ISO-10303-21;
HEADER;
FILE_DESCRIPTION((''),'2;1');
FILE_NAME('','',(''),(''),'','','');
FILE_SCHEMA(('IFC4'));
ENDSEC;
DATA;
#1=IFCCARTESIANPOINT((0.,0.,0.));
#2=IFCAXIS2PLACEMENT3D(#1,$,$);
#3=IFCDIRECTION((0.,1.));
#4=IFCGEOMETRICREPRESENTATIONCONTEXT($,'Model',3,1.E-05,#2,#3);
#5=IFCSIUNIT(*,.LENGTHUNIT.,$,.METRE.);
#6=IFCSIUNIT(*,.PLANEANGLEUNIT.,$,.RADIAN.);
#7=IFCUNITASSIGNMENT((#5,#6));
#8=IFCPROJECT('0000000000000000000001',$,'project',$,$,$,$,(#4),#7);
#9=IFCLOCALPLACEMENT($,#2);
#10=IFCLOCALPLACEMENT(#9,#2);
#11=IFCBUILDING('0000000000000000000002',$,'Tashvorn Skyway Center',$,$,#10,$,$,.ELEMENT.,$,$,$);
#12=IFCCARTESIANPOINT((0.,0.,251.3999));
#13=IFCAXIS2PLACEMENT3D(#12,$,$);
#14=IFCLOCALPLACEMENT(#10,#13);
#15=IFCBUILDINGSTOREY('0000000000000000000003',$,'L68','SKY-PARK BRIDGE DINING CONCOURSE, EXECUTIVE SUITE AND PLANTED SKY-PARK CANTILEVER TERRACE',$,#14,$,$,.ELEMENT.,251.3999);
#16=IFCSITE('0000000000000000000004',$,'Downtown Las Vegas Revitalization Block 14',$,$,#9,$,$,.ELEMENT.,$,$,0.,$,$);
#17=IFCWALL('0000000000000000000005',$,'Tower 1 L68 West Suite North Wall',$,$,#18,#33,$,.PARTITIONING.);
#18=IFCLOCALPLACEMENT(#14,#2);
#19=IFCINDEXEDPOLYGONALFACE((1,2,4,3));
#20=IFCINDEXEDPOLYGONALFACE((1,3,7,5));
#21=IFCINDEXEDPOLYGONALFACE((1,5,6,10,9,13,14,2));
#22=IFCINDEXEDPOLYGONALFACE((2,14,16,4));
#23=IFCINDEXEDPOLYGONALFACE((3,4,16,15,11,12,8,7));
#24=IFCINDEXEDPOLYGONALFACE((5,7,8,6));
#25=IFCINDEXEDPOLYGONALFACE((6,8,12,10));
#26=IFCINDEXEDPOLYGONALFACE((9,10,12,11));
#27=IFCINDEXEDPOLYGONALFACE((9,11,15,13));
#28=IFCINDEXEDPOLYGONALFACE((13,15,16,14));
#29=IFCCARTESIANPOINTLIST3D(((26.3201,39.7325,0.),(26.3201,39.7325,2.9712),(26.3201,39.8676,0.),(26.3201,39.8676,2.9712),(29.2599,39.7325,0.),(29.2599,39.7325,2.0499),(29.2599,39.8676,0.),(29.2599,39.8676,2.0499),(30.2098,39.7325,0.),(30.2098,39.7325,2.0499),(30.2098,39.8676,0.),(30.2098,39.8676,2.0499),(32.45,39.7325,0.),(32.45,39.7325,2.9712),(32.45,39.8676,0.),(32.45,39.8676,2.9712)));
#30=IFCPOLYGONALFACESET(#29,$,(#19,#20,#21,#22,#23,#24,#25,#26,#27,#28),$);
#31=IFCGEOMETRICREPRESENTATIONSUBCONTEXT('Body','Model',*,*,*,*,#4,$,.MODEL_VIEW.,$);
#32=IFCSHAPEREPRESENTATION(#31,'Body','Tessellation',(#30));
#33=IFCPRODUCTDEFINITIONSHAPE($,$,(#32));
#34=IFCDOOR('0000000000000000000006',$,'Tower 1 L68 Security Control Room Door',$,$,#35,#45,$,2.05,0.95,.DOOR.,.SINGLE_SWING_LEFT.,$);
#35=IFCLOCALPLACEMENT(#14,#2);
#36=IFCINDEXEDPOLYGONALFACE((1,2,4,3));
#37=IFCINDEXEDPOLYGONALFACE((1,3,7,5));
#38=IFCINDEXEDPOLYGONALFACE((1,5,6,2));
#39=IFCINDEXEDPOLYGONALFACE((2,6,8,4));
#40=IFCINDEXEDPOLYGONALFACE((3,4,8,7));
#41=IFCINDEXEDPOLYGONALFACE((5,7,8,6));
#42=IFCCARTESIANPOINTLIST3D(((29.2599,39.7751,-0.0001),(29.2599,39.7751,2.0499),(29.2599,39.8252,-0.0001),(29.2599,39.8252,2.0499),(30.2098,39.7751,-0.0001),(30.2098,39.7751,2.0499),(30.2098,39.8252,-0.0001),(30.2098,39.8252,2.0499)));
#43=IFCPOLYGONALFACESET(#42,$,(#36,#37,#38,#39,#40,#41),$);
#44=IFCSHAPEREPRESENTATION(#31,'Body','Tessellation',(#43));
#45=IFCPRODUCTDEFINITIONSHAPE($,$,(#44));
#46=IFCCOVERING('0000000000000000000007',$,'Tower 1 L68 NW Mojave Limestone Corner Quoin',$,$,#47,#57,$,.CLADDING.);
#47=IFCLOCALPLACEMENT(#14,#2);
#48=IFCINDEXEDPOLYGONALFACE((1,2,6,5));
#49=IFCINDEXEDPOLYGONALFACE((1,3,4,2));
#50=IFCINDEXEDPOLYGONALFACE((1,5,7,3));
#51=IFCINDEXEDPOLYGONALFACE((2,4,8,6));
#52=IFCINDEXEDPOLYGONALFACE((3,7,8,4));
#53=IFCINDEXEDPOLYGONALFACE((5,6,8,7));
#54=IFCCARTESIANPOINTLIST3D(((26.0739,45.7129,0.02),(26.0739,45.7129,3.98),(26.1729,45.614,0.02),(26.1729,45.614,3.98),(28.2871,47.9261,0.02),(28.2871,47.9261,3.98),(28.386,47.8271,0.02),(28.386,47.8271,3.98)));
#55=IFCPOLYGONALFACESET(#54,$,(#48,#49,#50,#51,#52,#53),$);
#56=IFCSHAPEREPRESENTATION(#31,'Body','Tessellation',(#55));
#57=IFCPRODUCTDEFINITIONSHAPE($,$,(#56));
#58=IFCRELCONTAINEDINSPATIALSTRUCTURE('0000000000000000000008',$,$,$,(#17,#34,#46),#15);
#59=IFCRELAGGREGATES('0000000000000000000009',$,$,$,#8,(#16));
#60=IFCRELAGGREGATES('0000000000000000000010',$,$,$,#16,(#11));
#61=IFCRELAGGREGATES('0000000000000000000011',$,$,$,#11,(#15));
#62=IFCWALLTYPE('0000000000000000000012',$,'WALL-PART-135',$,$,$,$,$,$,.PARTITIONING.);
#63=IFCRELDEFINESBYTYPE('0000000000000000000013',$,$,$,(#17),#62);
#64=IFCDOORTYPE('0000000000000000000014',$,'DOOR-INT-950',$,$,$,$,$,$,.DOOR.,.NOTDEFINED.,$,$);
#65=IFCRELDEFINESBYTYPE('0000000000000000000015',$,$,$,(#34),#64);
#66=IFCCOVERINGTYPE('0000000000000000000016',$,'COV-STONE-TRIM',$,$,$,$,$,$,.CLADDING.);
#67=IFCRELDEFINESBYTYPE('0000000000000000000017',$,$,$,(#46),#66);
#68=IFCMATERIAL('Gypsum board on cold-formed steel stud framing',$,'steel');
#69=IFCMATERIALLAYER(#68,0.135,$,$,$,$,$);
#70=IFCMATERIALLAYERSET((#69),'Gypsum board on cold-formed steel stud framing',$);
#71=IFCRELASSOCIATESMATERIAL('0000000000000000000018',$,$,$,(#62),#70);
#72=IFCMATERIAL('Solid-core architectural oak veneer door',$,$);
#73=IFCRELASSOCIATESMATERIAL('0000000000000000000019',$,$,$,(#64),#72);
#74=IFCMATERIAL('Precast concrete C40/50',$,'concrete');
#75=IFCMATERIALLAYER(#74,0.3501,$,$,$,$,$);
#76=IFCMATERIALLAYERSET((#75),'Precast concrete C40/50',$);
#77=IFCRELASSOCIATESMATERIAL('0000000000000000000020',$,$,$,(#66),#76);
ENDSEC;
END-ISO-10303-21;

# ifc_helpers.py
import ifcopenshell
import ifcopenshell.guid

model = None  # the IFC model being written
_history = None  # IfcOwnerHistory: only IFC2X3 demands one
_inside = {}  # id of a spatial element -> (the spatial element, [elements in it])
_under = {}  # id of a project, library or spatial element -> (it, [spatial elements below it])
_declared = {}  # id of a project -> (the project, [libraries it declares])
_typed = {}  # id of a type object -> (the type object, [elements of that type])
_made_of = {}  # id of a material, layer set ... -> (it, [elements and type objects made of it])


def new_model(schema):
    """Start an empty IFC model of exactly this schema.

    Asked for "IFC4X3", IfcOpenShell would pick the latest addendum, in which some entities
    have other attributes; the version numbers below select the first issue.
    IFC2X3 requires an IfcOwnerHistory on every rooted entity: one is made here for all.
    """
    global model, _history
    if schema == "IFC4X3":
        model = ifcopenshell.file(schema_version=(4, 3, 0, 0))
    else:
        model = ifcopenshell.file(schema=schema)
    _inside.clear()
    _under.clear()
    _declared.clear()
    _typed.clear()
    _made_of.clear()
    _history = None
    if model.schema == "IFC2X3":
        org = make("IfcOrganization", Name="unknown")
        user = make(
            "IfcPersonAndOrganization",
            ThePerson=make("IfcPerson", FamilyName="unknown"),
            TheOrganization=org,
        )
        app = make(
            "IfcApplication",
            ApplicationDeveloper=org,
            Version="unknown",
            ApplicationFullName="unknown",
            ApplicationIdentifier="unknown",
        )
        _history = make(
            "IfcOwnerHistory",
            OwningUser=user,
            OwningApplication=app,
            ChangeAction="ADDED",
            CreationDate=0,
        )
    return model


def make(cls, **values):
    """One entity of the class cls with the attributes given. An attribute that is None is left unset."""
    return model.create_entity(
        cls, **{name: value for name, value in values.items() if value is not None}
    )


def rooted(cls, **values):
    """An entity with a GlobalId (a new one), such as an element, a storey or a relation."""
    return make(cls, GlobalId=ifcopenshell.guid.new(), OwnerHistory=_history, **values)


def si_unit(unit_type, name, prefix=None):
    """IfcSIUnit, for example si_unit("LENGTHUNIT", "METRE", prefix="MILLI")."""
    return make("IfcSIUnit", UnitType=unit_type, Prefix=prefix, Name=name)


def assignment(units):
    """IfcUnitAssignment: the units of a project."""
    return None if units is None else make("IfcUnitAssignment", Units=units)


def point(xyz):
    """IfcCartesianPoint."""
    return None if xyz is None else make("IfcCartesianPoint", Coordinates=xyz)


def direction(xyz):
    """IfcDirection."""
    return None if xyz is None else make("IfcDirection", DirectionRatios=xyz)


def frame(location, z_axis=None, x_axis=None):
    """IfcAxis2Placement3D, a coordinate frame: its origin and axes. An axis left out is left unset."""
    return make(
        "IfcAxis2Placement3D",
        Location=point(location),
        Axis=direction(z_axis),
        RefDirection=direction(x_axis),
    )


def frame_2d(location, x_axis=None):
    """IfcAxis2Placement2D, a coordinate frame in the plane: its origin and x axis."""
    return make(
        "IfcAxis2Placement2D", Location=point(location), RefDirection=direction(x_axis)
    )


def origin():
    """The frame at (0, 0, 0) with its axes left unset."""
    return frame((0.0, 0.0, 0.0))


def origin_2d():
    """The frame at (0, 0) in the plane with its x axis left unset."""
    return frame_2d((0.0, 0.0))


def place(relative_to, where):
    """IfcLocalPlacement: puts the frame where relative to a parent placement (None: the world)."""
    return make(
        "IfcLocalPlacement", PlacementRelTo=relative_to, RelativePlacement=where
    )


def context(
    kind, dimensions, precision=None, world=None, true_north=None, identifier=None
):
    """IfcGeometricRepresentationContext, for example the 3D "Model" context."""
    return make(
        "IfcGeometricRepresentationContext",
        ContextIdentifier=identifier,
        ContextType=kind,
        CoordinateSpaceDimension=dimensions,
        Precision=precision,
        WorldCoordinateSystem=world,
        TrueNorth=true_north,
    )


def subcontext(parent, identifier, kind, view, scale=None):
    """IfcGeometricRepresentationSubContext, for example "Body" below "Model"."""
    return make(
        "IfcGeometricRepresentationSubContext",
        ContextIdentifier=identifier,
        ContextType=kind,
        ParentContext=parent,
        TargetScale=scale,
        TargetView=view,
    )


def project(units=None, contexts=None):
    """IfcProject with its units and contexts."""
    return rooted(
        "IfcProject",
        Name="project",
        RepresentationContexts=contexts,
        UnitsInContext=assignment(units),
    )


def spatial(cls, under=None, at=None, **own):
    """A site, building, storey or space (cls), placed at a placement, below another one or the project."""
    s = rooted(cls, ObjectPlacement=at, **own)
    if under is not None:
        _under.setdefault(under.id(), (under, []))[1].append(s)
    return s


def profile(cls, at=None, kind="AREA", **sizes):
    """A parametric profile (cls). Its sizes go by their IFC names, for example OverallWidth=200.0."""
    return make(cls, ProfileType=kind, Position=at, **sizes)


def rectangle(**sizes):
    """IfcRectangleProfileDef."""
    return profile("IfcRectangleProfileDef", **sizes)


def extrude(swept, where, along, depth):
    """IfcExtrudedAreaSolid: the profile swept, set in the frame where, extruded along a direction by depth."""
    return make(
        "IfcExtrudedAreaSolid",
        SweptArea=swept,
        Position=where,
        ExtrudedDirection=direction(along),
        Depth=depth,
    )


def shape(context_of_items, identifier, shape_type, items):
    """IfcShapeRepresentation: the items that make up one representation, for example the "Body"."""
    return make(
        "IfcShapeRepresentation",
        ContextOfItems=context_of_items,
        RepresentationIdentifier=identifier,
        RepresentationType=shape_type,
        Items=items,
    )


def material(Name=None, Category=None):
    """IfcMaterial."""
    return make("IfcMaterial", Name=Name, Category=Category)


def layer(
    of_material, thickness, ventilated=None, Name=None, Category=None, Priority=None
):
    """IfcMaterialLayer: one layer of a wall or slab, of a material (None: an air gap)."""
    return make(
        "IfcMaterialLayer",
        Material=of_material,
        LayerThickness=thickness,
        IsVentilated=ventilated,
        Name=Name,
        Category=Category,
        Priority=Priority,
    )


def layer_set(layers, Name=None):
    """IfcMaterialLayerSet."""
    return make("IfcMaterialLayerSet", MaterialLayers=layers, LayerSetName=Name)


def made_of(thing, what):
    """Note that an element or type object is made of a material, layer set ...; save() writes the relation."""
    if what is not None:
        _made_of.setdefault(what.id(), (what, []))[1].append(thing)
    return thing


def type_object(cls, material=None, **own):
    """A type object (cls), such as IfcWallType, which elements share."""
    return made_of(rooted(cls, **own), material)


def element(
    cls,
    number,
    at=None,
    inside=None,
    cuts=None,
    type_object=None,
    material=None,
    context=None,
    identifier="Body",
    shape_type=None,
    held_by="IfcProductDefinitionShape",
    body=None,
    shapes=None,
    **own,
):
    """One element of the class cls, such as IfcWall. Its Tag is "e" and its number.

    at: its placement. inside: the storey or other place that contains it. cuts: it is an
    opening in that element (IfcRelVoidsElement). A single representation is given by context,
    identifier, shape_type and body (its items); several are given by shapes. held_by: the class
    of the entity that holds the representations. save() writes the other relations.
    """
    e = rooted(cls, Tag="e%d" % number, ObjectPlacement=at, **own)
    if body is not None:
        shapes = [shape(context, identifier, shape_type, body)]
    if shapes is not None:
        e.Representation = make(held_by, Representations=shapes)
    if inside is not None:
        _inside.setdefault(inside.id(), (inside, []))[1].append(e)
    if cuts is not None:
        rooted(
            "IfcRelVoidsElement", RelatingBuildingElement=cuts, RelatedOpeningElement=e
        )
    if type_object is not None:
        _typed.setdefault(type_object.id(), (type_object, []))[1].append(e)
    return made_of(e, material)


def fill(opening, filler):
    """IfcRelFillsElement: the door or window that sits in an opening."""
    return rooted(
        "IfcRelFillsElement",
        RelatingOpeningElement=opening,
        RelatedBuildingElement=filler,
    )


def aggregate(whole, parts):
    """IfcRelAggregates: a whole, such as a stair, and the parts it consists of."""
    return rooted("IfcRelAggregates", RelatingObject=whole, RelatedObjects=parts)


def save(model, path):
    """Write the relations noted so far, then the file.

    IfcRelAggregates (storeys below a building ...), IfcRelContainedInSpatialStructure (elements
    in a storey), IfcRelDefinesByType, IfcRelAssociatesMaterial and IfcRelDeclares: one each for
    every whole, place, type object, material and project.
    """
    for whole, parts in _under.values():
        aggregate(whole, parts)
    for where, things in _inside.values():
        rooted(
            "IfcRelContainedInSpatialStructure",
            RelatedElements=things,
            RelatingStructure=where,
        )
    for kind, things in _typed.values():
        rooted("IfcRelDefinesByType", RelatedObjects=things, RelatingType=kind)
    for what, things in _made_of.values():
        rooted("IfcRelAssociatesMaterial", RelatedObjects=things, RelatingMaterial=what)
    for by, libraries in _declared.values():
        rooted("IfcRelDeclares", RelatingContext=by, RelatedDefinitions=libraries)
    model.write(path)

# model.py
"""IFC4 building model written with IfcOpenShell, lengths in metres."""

from ifc_helpers import new_model, si_unit, direction, frame, frame_2d, origin, origin_2d, place, context, subcontext, project, spatial, rectangle, extrude, material, layer, layer_set, type_object, element, fill, save


model = new_model("IFC4")

# Units and contexts
model_context = context("Model", 3, precision=1e-05, world=origin(), true_north=direction((0.0, 1.0)))
body_context = subcontext(model_context, "Body", "Model", "MODEL_VIEW")
ifc_project = project(units=[si_unit("LENGTHUNIT", "METRE"), si_unit("PLANEANGLEUNIT", "RADIAN")], contexts=[model_context])

# Site, building, storey
site_placement = place(None, origin())
site = spatial("IfcSite", under=ifc_project, at=site_placement, Name="Downtown Las Vegas Revitalization Block 14", CompositionType="ELEMENT", RefElevation=0.0)
building_placement = place(site_placement, origin())
building = spatial("IfcBuilding", under=site, at=building_placement, Name="Tashvorn Skyway Center", CompositionType="ELEMENT")
storey_placement = place(building_placement, frame((0.0, 0.0, 251.3999)))
storey = spatial("IfcBuildingStorey", under=building, at=storey_placement, Name="L68", Description="SKY-PARK BRIDGE DINING CONCOURSE, EXECUTIVE SUITE AND PLANTED SKY-PARK CANTILEVER TERRACE", CompositionType="ELEMENT", Elevation=251.3999)

# Shared definitions
ifc_material_1 = material(Name="Gypsum board on cold-formed steel stud framing", Category="steel")
ifc_layer_1 = layer(ifc_material_1, 0.135)
ifc_layer_set_1 = layer_set([ifc_layer_1], Name="Gypsum board on cold-formed steel stud framing")
wall_type = type_object("IfcWallType", Name="WALL-PART-135", PredefinedType="PARTITIONING", material=ifc_layer_set_1)
ifc_material_2 = material(Name="Solid-core architectural oak veneer door")
door_type = type_object("IfcDoorType", Name="DOOR-INT-950", OperationType="NOTDEFINED", PredefinedType="DOOR", material=ifc_material_2)

# Wall, opening, door
wall_1_placement = place(storey_placement, frame((32.45, 39.8, 0.0), z_axis=(0.0, 0.0, 1.0), x_axis=(-1.0, 0.0, 0.0)))
wall_1 = element("IfcWall", 1, at=wall_1_placement, inside=storey, type_object=wall_type, Name="Tower 1 L68 West Suite North Wall", PredefinedType="PARTITIONING", context=body_context, shape_type="SweptSolid", body=[
    extrude(rectangle(XDim=6.1299, YDim=0.135, at=frame_2d((3.0649, 0.0))), origin(), (0.0, 0.0, 1.0), 2.9712),
])
opening_1_placement = place(wall_1_placement, frame((2.24, 0.0, 0.0)))
opening_1 = element("IfcOpeningElement", 2, at=opening_1_placement, cuts=wall_1, PredefinedType="OPENING", context=body_context, shape_type="SweptSolid", body=[
    extrude(rectangle(XDim=0.95, YDim=2.05, at=frame_2d((0.4751, 1.0249))), frame((0.0, 0.0774, 0.0), z_axis=(0.0, -1.0, 0.0), x_axis=(1.0, 0.0, 0.0)), (0.0, 0.0, 1.0), 0.155),
])
door_1_placement = place(opening_1_placement, origin())
door_1 = element("IfcDoor", 3, at=door_1_placement, inside=storey, type_object=door_type, Name="Tower 1 L68 Security Control Room Door", OperationType="SINGLE_SWING_LEFT", OverallHeight=2.05, OverallWidth=0.95, PredefinedType="DOOR", context=body_context, shape_type="SweptSolid", body=[
    extrude(rectangle(XDim=0.95, YDim=2.05, at=frame_2d((0.4751, 1.0249))), frame((0.0, 0.0249, 0.0), z_axis=(0.0, -1.0, 0.0), x_axis=(1.0, 0.0, 0.0)), (0.0, 0.0, 1.0), 0.05),
])
fill(opening_1, door_1)

# Covering
ifc_material_3 = material(Name="Precast concrete C40/50", Category="concrete")
ifc_layer_2 = layer(ifc_material_3, 0.3501)
ifc_layer_set_2 = layer_set([ifc_layer_2], Name="Precast concrete C40/50")
covering_type = type_object("IfcCoveringType", Name="COV-STONE-TRIM", PredefinedType="CLADDING", material=ifc_layer_set_2)
covering_placement = place(storey_placement, frame((27.23, 46.77, 0.02), z_axis=(0.0, 0.0, 1.0), x_axis=(-0.707107, -0.707107, 0.0)))
element("IfcCovering", 4, at=covering_placement, inside=storey, type_object=covering_type, Name="Tower 1 L68 NW Mojave Limestone Corner Quoin", PredefinedType="CLADDING", context=body_context, shape_type="SweptSolid", body=[
    extrude(rectangle(XDim=3.1299, YDim=0.1399, at=origin_2d()), origin(), (0.0, 0.0, 1.0), 3.96),
])

save(model, "model.ifc")
